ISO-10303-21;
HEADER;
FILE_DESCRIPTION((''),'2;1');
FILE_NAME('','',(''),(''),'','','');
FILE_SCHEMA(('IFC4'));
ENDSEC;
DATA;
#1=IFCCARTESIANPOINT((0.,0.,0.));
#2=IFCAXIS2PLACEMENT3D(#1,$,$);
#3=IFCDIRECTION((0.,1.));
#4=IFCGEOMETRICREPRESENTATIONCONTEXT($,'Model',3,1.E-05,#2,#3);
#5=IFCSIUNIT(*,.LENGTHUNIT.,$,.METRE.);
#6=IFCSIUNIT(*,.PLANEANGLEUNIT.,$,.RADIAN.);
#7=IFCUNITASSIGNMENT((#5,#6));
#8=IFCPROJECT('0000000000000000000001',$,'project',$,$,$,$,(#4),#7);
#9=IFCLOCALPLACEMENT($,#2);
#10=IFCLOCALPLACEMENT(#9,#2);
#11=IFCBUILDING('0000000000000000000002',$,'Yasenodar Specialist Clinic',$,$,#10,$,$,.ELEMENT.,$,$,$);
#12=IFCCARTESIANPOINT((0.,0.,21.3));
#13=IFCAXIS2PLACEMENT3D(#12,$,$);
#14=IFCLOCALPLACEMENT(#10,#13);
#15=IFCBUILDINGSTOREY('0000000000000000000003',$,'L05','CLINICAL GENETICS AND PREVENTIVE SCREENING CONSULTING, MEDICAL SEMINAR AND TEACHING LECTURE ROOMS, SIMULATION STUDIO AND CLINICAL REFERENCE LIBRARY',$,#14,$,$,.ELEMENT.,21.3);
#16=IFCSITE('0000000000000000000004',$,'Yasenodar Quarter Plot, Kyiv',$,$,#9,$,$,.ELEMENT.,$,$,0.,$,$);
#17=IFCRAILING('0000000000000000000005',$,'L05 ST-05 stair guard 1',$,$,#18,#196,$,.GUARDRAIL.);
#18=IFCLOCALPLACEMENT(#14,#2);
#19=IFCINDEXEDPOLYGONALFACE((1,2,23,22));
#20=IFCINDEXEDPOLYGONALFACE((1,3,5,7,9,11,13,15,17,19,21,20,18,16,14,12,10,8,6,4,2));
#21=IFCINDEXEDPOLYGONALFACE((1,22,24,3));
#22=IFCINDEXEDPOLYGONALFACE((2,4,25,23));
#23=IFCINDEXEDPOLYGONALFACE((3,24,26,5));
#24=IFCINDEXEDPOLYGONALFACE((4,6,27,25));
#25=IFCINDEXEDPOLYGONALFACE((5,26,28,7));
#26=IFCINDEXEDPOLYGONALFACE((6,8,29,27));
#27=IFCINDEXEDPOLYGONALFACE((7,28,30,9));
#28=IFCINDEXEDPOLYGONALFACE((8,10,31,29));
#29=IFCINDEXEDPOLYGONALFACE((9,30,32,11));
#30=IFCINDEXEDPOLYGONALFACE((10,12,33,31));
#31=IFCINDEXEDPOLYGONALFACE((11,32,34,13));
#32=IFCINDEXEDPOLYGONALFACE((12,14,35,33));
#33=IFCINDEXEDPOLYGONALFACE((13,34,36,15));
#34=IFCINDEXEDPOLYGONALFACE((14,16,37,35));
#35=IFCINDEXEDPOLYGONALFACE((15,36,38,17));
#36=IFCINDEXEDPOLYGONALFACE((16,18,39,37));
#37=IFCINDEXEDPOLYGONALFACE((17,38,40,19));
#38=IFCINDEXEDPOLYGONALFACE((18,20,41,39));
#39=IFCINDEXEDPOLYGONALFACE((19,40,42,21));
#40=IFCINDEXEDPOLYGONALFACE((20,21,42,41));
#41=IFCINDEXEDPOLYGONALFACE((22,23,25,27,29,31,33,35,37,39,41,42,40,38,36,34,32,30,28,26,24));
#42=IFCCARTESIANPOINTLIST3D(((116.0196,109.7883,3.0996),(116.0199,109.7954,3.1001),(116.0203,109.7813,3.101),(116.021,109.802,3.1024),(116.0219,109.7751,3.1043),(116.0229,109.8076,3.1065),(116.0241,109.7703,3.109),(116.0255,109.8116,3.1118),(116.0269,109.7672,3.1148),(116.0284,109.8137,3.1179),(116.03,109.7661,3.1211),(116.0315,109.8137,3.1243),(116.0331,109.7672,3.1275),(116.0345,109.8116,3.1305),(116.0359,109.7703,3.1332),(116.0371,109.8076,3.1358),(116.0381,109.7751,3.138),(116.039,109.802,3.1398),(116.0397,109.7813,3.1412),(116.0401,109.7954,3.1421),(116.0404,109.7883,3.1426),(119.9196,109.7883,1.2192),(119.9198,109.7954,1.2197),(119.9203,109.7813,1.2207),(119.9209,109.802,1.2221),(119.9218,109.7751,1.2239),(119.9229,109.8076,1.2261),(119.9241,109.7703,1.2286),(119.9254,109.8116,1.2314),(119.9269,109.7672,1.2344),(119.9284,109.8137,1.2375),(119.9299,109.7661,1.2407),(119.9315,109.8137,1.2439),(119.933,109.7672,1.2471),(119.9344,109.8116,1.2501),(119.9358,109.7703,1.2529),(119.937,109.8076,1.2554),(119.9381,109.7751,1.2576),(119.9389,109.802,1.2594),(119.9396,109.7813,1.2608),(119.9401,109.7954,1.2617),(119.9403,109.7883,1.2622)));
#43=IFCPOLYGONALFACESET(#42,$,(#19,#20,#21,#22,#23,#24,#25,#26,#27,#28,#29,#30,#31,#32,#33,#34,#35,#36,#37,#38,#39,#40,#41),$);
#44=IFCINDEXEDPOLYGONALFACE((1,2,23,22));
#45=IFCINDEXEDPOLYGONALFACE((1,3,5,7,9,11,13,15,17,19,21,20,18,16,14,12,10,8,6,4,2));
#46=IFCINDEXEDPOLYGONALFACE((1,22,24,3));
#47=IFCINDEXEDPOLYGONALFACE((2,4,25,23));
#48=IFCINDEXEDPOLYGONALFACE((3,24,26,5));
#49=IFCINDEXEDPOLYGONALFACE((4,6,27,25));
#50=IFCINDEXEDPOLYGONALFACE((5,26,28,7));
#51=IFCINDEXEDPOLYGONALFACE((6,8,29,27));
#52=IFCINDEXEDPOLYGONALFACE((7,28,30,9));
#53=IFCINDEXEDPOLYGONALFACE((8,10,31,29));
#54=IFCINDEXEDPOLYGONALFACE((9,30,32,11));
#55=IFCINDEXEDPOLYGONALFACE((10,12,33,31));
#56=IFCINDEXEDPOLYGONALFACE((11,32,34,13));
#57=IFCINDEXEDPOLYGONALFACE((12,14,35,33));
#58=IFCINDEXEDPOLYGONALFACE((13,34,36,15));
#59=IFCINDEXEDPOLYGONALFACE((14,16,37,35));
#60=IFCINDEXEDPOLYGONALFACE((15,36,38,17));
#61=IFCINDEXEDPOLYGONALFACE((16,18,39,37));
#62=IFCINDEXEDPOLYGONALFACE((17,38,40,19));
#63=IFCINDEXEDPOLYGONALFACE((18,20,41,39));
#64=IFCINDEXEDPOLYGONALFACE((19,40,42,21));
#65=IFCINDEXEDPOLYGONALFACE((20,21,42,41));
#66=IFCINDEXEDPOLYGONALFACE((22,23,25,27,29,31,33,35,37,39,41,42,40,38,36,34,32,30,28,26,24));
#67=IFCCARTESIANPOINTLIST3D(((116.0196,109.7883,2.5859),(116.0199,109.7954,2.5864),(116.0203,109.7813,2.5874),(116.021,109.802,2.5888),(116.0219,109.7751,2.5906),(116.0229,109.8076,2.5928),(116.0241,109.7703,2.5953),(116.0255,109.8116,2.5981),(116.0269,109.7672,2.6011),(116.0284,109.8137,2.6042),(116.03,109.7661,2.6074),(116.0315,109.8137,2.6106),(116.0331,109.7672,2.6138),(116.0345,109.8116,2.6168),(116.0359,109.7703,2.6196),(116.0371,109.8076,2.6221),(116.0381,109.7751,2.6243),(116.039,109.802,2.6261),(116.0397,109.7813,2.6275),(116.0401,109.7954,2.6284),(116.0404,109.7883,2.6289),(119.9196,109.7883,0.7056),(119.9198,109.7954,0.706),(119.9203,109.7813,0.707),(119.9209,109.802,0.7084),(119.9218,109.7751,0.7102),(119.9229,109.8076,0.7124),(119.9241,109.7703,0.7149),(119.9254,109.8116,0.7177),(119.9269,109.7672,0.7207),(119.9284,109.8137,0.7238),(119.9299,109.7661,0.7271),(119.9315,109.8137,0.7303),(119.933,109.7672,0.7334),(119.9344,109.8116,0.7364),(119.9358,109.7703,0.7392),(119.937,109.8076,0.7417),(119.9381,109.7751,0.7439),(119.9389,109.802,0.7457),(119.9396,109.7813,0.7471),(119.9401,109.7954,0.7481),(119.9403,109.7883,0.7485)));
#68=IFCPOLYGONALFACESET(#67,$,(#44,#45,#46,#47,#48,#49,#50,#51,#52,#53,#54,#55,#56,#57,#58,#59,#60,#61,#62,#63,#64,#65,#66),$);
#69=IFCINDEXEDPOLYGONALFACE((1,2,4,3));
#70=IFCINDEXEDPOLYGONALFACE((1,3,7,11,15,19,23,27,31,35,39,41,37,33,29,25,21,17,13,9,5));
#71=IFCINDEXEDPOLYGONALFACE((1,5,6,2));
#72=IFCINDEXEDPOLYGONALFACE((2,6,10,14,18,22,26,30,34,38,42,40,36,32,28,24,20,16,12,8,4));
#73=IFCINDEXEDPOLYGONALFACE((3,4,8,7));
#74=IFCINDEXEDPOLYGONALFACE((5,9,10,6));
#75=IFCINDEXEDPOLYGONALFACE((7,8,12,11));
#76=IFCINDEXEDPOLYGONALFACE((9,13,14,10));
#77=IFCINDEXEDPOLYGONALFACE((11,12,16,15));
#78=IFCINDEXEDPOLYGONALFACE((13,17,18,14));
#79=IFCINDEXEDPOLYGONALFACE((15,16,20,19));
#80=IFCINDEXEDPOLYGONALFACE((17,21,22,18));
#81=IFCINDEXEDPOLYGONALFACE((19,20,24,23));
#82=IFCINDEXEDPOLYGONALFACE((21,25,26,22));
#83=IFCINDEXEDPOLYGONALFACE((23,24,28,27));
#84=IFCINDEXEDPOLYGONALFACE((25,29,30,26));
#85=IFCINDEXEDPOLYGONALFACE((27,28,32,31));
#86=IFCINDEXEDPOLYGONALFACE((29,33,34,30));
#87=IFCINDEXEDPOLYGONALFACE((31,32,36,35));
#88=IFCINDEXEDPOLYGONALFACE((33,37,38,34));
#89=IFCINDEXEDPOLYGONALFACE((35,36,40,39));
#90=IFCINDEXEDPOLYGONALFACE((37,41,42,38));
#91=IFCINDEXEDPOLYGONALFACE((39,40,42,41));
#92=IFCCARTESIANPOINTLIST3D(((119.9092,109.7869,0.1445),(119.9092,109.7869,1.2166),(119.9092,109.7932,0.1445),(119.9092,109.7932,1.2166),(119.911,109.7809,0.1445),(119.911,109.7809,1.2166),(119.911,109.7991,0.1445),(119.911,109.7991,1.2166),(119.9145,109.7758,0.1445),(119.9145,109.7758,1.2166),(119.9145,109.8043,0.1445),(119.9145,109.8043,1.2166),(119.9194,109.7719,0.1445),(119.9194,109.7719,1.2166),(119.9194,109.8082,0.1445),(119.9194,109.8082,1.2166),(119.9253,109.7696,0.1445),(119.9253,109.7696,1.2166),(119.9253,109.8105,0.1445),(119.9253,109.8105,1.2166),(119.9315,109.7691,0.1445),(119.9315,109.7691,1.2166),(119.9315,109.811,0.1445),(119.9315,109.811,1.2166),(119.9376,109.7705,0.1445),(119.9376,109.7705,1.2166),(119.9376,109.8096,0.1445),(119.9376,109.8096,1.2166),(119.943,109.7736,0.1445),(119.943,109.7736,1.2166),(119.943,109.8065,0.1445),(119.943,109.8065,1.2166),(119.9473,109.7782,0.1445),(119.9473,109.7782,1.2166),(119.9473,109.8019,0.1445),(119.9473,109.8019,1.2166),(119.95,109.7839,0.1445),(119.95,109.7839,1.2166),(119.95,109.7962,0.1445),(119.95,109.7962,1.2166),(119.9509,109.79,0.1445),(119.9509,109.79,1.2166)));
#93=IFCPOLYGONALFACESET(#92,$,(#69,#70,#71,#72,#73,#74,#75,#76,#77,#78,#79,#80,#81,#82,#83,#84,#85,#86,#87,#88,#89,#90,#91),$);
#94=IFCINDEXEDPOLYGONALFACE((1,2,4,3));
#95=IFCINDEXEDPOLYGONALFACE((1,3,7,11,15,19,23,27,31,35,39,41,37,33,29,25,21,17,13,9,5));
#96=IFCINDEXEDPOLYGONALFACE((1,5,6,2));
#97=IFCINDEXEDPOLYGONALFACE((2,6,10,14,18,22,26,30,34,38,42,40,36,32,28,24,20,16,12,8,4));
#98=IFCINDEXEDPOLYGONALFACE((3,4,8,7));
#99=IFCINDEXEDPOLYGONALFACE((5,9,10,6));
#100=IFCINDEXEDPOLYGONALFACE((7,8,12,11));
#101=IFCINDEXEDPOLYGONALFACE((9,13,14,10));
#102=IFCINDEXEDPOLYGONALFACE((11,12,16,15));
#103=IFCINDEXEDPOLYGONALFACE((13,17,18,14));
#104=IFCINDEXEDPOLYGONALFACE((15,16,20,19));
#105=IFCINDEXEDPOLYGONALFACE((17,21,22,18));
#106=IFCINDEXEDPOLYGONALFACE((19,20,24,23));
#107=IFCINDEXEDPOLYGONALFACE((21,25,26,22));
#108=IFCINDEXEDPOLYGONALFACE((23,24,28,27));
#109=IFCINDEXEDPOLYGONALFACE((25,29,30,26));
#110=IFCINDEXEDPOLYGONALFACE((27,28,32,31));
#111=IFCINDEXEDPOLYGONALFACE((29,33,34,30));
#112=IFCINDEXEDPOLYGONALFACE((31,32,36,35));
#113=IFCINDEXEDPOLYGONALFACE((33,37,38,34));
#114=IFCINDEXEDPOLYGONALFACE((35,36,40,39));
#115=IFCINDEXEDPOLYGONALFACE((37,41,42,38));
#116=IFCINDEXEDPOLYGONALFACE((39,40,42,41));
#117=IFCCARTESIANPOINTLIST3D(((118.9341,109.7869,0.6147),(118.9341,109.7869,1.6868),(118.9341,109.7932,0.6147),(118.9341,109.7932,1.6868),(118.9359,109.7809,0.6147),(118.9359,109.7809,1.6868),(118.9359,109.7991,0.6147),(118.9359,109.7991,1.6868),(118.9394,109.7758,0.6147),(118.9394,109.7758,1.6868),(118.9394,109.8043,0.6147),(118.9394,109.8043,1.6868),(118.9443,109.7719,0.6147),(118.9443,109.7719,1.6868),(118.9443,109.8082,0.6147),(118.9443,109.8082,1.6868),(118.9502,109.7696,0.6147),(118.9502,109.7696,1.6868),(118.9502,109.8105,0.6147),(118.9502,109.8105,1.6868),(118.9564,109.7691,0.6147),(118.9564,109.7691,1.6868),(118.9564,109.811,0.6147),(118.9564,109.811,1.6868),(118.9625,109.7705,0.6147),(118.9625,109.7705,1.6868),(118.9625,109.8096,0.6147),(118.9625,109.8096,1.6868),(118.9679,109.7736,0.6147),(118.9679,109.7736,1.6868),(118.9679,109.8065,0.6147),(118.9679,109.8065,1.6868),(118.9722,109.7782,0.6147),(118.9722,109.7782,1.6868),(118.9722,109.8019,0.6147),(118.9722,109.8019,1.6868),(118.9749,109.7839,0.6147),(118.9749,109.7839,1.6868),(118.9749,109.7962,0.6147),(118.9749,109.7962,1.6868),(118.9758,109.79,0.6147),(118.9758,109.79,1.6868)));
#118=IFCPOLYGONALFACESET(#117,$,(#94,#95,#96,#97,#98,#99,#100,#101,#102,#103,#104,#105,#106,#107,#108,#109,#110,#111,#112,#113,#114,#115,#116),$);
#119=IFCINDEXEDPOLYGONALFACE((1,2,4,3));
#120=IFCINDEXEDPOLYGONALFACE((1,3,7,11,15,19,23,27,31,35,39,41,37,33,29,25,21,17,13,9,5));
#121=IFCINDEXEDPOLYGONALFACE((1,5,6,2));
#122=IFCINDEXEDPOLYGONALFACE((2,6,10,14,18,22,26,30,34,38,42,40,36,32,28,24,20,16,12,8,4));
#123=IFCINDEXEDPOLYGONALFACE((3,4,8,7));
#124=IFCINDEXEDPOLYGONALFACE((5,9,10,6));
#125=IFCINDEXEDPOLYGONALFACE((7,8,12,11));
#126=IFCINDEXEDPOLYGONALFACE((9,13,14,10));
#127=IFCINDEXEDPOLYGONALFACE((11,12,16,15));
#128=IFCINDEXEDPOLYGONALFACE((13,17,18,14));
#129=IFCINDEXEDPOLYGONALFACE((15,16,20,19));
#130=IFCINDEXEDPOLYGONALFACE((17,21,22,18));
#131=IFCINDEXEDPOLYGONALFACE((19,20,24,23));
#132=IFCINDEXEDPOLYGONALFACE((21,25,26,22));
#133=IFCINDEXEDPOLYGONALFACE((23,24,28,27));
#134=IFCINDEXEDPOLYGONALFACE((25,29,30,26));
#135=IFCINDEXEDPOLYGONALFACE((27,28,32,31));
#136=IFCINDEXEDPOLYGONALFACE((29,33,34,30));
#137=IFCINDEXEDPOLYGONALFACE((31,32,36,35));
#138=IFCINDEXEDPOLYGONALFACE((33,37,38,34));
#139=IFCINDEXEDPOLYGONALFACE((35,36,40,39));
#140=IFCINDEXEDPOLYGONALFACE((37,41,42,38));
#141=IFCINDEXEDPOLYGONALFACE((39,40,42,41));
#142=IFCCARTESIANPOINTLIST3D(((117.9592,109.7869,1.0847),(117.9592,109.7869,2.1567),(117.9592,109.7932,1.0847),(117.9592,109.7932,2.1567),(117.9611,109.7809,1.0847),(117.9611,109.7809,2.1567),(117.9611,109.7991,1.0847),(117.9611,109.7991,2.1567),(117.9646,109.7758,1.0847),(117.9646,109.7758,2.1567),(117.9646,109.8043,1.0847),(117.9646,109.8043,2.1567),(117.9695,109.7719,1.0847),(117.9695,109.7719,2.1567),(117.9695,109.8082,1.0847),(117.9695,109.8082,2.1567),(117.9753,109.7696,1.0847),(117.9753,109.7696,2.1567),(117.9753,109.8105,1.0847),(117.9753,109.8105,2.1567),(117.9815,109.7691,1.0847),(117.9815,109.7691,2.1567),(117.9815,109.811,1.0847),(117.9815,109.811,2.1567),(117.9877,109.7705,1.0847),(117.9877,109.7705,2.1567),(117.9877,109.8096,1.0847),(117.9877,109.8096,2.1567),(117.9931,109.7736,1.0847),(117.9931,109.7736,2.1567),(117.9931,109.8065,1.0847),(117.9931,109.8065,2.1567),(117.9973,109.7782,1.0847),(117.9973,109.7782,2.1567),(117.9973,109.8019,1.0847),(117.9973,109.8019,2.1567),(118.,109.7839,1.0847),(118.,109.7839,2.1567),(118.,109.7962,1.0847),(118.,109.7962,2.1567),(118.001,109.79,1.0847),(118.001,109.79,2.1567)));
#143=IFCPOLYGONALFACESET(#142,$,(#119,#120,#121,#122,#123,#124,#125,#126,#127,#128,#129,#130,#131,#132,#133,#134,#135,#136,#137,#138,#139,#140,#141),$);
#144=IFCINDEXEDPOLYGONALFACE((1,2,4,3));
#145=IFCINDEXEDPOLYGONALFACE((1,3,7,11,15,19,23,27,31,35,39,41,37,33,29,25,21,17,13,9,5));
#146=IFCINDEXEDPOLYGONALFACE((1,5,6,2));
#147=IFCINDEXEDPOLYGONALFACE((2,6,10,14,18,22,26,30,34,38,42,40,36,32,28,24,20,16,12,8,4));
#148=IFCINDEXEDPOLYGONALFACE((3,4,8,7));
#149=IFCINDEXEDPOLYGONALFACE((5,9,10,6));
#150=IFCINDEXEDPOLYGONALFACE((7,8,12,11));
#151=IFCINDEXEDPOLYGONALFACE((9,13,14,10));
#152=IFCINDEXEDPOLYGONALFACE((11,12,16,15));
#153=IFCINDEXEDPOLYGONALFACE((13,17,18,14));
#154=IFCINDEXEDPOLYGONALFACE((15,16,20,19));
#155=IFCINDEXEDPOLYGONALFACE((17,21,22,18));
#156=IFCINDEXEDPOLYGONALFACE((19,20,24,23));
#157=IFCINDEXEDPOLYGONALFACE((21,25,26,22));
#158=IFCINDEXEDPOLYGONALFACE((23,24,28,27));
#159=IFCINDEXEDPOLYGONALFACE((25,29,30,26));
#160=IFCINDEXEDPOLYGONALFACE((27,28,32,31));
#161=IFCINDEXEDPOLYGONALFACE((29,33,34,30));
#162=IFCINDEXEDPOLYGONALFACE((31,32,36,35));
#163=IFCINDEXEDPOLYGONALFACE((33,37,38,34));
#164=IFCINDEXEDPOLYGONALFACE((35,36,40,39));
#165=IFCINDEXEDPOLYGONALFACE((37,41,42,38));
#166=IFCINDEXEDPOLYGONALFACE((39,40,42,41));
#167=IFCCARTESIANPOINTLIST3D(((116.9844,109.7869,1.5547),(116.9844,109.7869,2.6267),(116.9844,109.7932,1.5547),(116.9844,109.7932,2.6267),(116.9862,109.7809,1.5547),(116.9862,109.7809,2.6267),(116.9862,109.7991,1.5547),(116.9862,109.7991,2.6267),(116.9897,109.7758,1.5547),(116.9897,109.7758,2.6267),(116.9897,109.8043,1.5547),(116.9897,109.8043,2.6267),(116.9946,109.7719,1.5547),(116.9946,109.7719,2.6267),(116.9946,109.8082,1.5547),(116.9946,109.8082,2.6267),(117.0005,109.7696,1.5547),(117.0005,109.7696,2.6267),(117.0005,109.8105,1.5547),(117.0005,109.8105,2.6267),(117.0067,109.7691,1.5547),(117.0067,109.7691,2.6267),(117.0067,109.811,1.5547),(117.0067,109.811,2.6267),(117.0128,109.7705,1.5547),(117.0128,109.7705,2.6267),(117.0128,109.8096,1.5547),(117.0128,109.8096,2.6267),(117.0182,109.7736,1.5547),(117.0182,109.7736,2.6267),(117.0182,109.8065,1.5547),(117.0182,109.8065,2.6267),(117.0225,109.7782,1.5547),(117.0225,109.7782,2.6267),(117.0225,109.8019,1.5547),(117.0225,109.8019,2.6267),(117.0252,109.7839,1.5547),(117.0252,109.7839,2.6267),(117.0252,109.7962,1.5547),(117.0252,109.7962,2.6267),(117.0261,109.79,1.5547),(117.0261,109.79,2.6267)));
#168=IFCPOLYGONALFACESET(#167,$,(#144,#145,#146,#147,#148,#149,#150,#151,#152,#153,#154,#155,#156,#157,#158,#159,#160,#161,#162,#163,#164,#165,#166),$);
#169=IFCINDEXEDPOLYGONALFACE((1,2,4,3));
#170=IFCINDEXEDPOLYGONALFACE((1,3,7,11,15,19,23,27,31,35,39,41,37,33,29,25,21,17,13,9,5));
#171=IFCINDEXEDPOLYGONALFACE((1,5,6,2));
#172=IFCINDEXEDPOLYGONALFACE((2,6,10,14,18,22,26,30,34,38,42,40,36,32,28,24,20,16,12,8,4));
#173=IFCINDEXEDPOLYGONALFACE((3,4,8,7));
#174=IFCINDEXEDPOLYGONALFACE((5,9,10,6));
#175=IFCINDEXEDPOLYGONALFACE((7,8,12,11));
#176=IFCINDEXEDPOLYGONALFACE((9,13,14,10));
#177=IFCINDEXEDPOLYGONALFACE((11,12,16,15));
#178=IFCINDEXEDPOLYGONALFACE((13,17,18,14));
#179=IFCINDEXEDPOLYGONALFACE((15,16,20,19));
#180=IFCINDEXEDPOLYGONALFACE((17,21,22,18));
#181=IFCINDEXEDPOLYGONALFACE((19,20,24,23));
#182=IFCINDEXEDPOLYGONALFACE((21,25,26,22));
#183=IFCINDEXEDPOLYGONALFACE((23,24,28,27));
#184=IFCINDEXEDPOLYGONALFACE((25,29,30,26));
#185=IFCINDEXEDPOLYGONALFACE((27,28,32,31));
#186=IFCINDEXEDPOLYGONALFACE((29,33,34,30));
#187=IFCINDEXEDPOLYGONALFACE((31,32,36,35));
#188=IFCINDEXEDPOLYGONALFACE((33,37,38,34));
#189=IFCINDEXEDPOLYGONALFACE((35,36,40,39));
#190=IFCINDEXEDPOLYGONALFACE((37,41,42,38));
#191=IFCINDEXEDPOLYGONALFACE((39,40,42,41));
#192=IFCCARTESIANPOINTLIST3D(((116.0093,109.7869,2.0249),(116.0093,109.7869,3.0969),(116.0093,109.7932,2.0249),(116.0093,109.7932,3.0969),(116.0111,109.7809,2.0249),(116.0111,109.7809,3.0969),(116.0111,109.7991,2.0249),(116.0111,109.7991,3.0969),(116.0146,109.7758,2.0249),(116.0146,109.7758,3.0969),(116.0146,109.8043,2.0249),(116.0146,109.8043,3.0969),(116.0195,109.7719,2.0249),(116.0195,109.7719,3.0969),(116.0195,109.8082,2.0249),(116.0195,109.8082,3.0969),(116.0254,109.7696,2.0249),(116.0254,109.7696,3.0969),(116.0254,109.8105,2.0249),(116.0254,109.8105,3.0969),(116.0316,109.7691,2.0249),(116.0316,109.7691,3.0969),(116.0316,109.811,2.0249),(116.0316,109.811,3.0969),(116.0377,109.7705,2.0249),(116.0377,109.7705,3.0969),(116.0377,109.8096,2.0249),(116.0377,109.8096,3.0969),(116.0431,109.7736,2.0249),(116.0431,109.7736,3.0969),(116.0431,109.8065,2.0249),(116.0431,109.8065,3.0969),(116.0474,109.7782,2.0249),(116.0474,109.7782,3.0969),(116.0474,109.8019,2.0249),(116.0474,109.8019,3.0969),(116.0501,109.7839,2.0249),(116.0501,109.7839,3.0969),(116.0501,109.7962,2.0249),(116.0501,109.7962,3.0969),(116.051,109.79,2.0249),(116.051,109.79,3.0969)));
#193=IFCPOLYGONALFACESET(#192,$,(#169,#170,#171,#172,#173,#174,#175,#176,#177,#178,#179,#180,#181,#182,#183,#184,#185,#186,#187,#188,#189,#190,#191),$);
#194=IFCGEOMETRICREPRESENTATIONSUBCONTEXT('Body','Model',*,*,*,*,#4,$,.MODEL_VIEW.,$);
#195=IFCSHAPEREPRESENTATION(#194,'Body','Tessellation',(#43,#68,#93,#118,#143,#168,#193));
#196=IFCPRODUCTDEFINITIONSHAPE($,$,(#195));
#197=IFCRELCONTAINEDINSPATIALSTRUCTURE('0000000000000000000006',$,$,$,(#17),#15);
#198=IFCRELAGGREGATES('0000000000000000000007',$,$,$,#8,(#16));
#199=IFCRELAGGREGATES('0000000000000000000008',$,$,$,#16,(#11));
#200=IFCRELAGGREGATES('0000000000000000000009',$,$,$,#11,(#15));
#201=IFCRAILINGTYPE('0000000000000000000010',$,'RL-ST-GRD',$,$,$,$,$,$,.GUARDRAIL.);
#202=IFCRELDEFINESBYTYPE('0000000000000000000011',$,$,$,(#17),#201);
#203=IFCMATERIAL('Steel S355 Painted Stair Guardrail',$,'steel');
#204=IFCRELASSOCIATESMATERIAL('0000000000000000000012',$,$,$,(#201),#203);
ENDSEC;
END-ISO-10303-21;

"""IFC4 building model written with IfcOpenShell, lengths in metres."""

from ifc_helpers import new_model, si_unit, direction, frame, origin, origin_2d, place, context, subcontext, project, spatial, circle, extrude, material, type_object, element, save


model = new_model("IFC4")

# Units and contexts
model_context = context("Model", 3, precision=1e-05, world=origin(), true_north=direction((0.0, 1.0)))
body_context = subcontext(model_context, "Body", "Model", "MODEL_VIEW")
ifc_project = project(units=[si_unit("LENGTHUNIT", "METRE"), si_unit("PLANEANGLEUNIT", "RADIAN")], contexts=[model_context])

# Site, building, storey
site_placement = place(None, origin())
site = spatial("IfcSite", under=ifc_project, at=site_placement, Name="Yasenodar Quarter Plot, Kyiv", CompositionType="ELEMENT", RefElevation=0.0)
building_placement = place(site_placement, origin())
building = spatial("IfcBuilding", under=site, at=building_placement, Name="Yasenodar Specialist Clinic", CompositionType="ELEMENT")
storey_placement = place(building_placement, frame((0.0, 0.0, 21.3)))
storey = spatial("IfcBuildingStorey", under=building, at=storey_placement, Name="L05", Description="CLINICAL GENETICS AND PREVENTIVE SCREENING CONSULTING, MEDICAL SEMINAR AND TEACHING LECTURE ROOMS, SIMULATION STUDIO AND CLINICAL REFERENCE LIBRARY", CompositionType="ELEMENT", Elevation=21.3)

# Railing
ifc_material_1 = material(Name="Steel S355 Painted Stair Guardrail", Category="steel")
railing_type_1 = type_object("IfcRailingType", Name="RL-ST-GRD", PredefinedType="GUARDRAIL", material=ifc_material_1)
railing_1_placement = place(storey_placement, frame((119.9299, 109.79, 0.1445)))
element("IfcRailing", 1, at=railing_1_placement, inside=storey, type_object=railing_type_1, Name="L05 ST-05 stair guard 1", PredefinedType="GUARDRAIL", context=body_context, shape_type="SweptSolid", body=[
    extrude(circle(Radius=0.0239, at=origin_2d()), frame((0.0, 0.0, 1.0962), z_axis=(-0.900763, 0.0, 0.434311), x_axis=(0.0, -1.0, 0.0)), (0.0, 0.0, 1.0), 4.3296),
    extrude(circle(Radius=0.0239, at=origin_2d()), frame((0.0, 0.0, 0.5825), z_axis=(-0.900763, 0.0, 0.434311), x_axis=(0.0, -1.0, 0.0)), (0.0, 0.0, 1.0), 4.3296),
    extrude(circle(Radius=0.021, at=origin_2d()), origin(), (0.0, 0.0, 1.0), 1.072),
    extrude(circle(Radius=0.021, at=origin_2d()), frame((-0.9751, 0.0, 0.4702)), (0.0, 0.0, 1.0), 1.072),
    extrude(circle(Radius=0.021, at=origin_2d()), frame((-1.95, 0.0, 0.9402)), (0.0, 0.0, 1.0), 1.072),
    extrude(circle(Radius=0.021, at=origin_2d()), frame((-2.9248, 0.0, 1.4102)), (0.0, 0.0, 1.0), 1.072),
    extrude(circle(Radius=0.021, at=origin_2d()), frame((-3.8999, 0.0, 1.8804)), (0.0, 0.0, 1.0), 1.072),
])

save(model, "model.ifc")
